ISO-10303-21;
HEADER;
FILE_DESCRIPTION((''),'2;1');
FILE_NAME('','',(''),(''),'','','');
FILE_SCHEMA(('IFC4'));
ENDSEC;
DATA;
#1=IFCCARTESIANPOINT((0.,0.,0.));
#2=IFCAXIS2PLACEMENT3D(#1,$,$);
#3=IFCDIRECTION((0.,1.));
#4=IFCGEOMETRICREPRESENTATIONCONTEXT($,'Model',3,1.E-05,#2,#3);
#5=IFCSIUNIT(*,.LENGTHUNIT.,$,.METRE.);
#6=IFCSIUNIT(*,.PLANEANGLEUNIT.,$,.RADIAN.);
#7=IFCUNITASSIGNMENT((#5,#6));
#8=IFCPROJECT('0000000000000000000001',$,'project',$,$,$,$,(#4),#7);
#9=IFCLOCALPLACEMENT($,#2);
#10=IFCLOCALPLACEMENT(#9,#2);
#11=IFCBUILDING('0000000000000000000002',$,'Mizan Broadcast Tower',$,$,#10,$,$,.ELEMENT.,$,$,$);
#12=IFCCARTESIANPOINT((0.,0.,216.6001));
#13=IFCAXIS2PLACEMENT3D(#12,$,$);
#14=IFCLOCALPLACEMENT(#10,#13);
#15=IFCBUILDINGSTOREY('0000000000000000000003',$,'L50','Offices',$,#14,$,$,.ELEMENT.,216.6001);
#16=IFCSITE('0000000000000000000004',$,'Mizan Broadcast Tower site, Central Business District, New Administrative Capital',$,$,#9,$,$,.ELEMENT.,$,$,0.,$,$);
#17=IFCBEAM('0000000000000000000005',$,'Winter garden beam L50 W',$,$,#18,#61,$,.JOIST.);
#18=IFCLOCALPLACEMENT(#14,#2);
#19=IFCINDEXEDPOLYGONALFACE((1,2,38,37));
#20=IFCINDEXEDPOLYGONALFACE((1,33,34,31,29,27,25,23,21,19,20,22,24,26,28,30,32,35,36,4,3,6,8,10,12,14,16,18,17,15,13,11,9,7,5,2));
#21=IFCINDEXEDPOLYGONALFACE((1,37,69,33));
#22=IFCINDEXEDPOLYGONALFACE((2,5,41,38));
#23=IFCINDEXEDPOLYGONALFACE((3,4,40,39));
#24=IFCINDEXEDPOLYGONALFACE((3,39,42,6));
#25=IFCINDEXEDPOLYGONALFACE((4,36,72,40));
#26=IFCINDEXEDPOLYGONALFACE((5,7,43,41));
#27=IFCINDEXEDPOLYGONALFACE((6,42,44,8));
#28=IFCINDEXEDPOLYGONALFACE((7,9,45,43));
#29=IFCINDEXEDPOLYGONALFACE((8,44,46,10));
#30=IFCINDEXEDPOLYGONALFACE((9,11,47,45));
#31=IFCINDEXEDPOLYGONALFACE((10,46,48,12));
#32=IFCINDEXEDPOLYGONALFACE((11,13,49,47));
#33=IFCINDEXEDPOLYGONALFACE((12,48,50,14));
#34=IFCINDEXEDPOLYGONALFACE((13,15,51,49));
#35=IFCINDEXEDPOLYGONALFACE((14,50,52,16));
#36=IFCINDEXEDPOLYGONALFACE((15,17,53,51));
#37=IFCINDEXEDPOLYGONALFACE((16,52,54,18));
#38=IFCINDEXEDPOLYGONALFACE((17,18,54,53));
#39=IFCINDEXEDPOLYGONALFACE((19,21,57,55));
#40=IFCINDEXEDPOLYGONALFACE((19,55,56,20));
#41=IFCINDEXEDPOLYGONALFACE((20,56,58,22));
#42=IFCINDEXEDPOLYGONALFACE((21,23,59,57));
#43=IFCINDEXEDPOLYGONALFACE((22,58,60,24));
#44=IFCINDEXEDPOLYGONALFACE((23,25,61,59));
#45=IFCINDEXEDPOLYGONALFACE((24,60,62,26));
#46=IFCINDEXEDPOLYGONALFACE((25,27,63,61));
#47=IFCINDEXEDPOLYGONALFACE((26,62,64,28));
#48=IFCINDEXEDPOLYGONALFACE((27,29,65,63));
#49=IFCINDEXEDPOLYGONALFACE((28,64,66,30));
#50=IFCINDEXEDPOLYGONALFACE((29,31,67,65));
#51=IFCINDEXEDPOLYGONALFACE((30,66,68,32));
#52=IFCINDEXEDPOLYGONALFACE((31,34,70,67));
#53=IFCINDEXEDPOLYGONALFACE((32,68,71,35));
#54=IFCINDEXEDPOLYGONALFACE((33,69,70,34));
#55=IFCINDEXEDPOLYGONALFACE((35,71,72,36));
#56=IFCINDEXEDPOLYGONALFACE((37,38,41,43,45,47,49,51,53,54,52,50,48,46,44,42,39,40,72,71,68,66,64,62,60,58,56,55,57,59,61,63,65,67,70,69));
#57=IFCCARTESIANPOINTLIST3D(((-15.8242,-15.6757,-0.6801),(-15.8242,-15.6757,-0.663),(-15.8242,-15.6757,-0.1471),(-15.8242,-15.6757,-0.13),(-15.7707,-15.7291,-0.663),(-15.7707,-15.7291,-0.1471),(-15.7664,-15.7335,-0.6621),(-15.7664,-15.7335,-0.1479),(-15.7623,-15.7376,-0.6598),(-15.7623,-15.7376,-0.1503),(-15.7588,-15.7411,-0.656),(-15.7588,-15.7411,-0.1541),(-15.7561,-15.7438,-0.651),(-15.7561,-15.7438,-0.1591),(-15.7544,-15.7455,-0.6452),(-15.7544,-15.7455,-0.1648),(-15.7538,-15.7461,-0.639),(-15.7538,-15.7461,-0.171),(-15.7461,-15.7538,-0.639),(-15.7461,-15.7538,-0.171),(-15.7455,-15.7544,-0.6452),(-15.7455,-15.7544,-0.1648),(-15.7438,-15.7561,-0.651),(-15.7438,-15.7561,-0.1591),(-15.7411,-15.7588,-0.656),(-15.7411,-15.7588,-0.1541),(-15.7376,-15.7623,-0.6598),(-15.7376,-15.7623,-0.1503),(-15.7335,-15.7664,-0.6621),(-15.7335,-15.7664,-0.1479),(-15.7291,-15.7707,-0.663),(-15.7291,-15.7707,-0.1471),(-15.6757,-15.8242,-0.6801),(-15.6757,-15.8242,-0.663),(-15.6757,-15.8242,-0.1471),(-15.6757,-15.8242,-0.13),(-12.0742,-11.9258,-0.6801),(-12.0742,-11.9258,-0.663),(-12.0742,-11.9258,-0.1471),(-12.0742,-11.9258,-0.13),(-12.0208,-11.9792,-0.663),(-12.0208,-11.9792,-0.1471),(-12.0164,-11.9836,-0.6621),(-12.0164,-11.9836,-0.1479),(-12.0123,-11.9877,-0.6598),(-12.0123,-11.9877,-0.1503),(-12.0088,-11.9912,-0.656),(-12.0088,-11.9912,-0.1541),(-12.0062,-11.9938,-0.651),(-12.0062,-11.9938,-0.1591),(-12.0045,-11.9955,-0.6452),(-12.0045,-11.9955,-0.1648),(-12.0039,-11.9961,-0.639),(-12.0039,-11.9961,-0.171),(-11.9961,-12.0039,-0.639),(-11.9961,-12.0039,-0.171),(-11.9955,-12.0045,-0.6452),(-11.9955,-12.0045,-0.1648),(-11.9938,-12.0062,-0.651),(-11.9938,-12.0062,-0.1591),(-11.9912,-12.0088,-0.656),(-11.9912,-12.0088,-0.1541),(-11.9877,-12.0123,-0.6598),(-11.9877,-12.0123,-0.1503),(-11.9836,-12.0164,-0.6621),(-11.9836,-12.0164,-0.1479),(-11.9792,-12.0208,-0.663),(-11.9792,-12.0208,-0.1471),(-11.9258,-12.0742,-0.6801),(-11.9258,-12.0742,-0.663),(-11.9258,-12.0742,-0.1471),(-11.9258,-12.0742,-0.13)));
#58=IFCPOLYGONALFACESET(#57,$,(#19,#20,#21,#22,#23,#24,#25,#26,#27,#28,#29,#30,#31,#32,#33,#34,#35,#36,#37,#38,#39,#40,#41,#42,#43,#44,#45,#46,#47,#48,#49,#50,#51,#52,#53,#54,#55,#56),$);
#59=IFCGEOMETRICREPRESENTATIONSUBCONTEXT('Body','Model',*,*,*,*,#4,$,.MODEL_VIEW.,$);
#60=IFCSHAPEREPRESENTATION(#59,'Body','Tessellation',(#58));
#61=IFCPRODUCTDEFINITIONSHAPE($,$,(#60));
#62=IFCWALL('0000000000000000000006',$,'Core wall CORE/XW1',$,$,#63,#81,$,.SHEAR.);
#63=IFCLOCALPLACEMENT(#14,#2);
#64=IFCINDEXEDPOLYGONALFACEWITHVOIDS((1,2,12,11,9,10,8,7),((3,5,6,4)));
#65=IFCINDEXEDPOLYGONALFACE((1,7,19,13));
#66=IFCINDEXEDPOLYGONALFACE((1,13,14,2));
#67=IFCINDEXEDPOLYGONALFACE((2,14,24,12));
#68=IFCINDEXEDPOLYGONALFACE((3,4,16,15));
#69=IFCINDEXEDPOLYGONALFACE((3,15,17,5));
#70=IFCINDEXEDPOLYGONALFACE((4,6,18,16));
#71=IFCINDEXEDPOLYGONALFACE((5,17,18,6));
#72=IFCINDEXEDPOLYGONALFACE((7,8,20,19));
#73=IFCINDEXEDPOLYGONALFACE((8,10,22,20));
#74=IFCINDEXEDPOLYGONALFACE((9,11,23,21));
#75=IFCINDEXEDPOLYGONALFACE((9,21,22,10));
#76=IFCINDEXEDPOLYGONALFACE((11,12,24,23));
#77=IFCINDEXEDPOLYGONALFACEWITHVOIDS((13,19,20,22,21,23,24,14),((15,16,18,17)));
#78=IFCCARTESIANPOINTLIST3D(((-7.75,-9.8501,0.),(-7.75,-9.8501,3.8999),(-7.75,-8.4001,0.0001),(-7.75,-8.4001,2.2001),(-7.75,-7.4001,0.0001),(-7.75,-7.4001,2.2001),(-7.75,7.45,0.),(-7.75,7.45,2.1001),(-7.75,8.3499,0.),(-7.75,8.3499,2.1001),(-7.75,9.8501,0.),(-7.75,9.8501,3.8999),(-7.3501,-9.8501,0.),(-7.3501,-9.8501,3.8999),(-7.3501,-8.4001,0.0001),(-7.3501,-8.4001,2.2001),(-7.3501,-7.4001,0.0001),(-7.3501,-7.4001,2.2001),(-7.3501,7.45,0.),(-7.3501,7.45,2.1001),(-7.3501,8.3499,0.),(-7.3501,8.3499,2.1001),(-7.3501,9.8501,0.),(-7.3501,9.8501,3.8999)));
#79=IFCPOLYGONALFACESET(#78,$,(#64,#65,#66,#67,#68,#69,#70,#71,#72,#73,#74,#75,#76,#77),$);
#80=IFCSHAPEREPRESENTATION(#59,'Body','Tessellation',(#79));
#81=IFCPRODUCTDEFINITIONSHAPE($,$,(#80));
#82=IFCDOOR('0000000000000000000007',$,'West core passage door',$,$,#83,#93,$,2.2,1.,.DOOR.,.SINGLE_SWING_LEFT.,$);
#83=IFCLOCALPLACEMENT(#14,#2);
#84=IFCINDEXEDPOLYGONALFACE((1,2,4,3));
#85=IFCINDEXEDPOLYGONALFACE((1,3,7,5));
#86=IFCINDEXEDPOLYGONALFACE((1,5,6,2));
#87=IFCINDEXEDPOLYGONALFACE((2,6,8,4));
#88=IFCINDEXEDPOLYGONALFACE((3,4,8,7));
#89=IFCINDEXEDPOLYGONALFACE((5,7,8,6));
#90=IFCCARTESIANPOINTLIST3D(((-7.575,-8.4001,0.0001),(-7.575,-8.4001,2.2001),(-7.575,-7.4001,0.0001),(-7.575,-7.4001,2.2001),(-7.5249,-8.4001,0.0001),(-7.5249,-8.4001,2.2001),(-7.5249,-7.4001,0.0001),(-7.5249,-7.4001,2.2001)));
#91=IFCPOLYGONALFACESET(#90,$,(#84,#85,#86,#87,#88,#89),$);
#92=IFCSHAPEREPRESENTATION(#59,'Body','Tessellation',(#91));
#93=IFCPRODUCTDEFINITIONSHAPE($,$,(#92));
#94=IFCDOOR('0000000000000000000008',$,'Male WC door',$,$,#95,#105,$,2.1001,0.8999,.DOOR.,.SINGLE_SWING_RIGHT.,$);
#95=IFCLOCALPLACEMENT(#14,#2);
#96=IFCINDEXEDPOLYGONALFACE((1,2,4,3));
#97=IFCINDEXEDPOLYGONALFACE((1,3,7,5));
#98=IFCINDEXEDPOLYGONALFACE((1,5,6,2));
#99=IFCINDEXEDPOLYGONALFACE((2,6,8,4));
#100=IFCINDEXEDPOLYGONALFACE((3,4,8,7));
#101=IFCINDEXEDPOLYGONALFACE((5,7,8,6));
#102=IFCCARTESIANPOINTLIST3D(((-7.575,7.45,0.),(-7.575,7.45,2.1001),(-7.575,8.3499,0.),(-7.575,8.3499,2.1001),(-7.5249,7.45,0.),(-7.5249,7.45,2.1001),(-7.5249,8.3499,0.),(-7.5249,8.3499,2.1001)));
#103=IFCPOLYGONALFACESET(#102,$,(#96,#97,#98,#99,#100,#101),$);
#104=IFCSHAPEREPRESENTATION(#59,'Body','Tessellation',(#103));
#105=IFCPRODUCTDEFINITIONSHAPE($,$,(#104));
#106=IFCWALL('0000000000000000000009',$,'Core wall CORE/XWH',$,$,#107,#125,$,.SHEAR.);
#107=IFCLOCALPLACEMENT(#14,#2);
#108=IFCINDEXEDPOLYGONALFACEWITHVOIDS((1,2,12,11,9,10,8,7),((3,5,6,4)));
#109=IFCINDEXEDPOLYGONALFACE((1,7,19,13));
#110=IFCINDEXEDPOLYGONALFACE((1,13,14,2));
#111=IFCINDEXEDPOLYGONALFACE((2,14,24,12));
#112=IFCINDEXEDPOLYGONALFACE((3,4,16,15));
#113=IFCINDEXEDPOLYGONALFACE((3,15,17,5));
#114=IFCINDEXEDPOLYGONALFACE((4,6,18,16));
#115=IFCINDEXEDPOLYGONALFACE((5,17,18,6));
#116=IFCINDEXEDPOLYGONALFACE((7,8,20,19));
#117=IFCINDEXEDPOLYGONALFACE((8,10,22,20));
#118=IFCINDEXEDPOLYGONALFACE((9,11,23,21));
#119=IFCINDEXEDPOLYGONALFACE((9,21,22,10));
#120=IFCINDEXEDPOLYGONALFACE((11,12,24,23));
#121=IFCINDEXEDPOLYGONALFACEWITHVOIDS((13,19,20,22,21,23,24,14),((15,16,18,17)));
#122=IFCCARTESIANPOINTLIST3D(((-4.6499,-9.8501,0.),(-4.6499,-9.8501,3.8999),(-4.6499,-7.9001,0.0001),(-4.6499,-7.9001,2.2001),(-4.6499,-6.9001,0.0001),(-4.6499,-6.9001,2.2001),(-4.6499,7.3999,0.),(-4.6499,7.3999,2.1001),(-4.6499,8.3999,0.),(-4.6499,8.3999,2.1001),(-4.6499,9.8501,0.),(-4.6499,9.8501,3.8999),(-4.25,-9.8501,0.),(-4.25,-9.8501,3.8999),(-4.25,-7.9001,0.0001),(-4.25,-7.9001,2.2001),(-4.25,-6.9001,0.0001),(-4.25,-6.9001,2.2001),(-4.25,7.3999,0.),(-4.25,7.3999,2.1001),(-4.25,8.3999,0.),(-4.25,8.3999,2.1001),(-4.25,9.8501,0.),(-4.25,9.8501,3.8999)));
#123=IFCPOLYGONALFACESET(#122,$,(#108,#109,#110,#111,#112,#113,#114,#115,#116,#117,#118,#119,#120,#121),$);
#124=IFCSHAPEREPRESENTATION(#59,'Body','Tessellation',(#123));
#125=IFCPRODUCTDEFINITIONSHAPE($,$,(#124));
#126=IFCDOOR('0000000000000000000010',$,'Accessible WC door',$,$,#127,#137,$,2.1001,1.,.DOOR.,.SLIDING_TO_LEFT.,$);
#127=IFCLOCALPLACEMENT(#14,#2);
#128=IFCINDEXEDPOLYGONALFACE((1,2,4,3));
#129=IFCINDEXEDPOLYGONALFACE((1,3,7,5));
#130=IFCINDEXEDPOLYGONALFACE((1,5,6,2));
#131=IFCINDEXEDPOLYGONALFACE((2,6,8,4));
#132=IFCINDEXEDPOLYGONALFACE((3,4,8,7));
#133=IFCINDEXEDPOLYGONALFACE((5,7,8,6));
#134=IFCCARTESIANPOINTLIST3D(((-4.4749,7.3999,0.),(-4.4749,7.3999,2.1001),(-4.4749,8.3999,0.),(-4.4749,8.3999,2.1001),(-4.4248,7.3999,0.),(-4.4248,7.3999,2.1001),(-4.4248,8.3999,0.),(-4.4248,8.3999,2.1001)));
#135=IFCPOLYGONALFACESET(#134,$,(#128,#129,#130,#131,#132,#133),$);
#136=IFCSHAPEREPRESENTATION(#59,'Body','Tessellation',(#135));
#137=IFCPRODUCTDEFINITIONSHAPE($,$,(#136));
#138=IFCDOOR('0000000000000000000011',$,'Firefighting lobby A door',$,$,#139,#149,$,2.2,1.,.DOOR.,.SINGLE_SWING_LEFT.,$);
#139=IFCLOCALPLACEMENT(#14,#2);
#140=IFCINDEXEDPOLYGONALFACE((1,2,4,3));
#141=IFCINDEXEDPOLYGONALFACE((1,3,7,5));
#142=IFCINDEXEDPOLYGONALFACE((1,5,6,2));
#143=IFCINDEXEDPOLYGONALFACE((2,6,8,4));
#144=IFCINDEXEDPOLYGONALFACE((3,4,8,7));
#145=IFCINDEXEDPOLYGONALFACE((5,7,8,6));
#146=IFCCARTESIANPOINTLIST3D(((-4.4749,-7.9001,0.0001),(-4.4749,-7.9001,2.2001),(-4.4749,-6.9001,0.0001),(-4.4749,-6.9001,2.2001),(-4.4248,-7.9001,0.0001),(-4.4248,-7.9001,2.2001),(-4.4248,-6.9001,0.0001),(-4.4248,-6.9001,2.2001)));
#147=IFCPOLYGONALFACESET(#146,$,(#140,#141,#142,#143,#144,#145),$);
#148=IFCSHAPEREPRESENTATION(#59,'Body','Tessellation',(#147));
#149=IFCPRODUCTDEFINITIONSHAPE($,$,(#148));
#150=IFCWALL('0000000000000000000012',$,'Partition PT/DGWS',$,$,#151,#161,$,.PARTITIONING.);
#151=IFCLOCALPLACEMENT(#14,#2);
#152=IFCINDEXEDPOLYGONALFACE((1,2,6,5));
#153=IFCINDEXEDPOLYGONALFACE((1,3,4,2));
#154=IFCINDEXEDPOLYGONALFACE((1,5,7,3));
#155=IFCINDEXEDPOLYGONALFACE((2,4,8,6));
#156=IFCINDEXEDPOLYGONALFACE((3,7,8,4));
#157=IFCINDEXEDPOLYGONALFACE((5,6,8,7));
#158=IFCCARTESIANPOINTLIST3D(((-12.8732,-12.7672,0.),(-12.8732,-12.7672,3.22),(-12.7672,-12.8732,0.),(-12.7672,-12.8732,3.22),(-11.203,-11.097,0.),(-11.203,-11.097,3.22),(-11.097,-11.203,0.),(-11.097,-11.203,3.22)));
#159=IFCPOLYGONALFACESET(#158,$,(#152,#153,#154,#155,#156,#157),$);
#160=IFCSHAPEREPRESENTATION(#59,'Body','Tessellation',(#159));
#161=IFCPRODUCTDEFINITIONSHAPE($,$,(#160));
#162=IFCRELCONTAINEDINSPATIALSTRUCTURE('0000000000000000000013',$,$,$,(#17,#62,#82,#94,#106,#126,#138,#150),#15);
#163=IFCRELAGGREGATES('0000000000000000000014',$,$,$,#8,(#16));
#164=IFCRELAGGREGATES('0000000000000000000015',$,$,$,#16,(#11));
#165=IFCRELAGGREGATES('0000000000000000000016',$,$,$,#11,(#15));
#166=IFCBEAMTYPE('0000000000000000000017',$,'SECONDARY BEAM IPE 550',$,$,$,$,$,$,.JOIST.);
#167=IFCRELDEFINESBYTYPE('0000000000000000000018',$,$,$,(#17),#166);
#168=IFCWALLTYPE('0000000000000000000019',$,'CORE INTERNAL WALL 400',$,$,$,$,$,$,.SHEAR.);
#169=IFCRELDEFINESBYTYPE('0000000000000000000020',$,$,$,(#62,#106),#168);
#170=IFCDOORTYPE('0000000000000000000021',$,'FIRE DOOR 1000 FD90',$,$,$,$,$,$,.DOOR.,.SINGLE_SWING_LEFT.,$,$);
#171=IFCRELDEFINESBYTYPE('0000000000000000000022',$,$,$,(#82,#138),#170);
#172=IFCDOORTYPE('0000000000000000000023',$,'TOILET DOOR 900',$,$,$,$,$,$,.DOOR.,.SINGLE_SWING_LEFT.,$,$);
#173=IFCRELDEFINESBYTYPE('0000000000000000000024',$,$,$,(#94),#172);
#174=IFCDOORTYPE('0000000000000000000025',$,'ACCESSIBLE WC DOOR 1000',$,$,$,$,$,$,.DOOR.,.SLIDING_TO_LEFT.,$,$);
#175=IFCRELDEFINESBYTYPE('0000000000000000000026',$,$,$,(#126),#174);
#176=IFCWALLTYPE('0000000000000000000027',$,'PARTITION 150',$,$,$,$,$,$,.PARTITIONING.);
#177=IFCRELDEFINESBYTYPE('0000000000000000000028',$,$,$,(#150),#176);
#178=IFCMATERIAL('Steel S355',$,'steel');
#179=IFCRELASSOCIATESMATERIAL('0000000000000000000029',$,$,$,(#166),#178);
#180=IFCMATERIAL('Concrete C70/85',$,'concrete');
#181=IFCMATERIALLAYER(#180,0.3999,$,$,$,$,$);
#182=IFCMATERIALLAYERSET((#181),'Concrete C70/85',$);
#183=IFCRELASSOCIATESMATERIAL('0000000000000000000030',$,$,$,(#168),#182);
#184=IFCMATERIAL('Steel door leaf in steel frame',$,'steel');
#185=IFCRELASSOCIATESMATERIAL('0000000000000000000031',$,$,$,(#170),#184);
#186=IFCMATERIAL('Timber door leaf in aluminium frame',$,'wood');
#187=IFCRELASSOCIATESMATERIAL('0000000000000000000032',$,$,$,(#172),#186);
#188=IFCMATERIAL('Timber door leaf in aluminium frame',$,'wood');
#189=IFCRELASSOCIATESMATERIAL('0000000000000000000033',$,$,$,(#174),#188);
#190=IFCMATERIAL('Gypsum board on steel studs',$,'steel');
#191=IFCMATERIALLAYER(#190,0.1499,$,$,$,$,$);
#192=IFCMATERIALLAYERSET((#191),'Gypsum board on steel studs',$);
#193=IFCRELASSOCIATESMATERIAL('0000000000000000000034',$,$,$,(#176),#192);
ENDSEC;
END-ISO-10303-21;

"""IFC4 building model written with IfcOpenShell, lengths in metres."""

from ifc_helpers import new_model, si_unit, direction, frame, frame_2d, origin, origin_2d, place, context, subcontext, project, spatial, rectangle, i_section, extrude, material, layer, layer_set, material_profile, profile_set, type_object, element, fill, save


model = new_model("IFC4")

# Units and contexts
model_context = context("Model", 3, precision=1e-05, world=origin(), true_north=direction((0.0, 1.0)))
body_context = subcontext(model_context, "Body", "Model", "MODEL_VIEW")
ifc_project = project(units=[si_unit("LENGTHUNIT", "METRE"), si_unit("PLANEANGLEUNIT", "RADIAN")], contexts=[model_context])

# Site, building, storey
site_placement = place(None, origin())
site = spatial("IfcSite", under=ifc_project, at=site_placement, Name="Mizan Broadcast Tower site, Central Business District, New Administrative Capital", CompositionType="ELEMENT", RefElevation=0.0)
building_placement = place(site_placement, origin())
building = spatial("IfcBuilding", under=site, at=building_placement, Name="Mizan Broadcast Tower", CompositionType="ELEMENT")
storey_placement = place(building_placement, frame((0.0, 0.0, 216.6001)))
storey = spatial("IfcBuildingStorey", under=building, at=storey_placement, Name="L50", Description="Offices", CompositionType="ELEMENT", Elevation=216.6001)

# Beam
ifc_material_1 = material(Name="Steel S355", Category="steel")
ifc_material_profile_1 = material_profile(ifc_material_1, i_section(OverallWidth=0.21, OverallDepth=0.55, WebThickness=0.011, FlangeThickness=0.0171, FilletRadius=0.0239, at=origin_2d()), Name="IPE 550")
ifc_profile_set_1 = profile_set([ifc_material_profile_1], Name="Steel S355")
beam_type_1 = type_object("IfcBeamType", Name="SECONDARY BEAM IPE 550", PredefinedType="JOIST", material=ifc_profile_set_1)
beam_1_placement = place(storey_placement, frame((-12.0, -12.0, -0.405), z_axis=(-0.707107, -0.707107, 0.0), x_axis=(0.707107, -0.707107, 0.0)))
element("IfcBeam", 1, at=beam_1_placement, inside=storey, type_object=beam_type_1, Name="Winter garden beam L50 W", PredefinedType="JOIST", context=body_context, shape_type="SweptSolid", body=[
    extrude(i_section(OverallWidth=0.21, OverallDepth=0.55, WebThickness=0.011, FlangeThickness=0.0171, FilletRadius=0.0239, at=origin_2d()), origin(), (0.0, 0.0, 1.0), 5.3032),
])

# Walls, openings, doors
ifc_material_2 = material(Name="Concrete C70/85", Category="concrete")
ifc_layer_1 = layer(ifc_material_2, 0.3999)
ifc_layer_set_1 = layer_set([ifc_layer_1], Name="Concrete C70/85")
wall_type_1 = type_object("IfcWallType", Name="CORE INTERNAL WALL 400", PredefinedType="SHEAR", material=ifc_layer_set_1)
wall_1_placement = place(storey_placement, frame((-7.55, -9.8501, 0.0), z_axis=(0.0, 0.0, 1.0), x_axis=(0.0, 1.0, 0.0)))
wall_1 = element("IfcWall", 2, at=wall_1_placement, inside=storey, type_object=wall_type_1, Name="Core wall CORE/XW1", PredefinedType="SHEAR", context=body_context, shape_type="SweptSolid", body=[
    extrude(rectangle(XDim=19.7002, YDim=0.3999, at=frame_2d((9.8501, 0.0))), origin(), (0.0, 0.0, 1.0), 3.8999),
])
opening_1_placement = place(wall_1_placement, frame((1.45, 0.0, 0.0)))
opening_1 = element("IfcOpeningElement", 3, at=opening_1_placement, cuts=wall_1, PredefinedType="OPENING", context=body_context, shape_type="SweptSolid", body=[
    extrude(rectangle(XDim=1.0, YDim=2.2, at=frame_2d((0.5, 1.1001))), frame((0.0, 0.21, 0.0), z_axis=(0.0, -1.0, 0.0), x_axis=(1.0, 0.0, 0.0)), (0.0, 0.0, 1.0), 0.4199),
])
opening_2_placement = place(wall_1_placement, frame((17.3, 0.0, 0.0)))
opening_2 = element("IfcOpeningElement", 4, at=opening_2_placement, cuts=wall_1, PredefinedType="OPENING", context=body_context, shape_type="SweptSolid", body=[
    extrude(rectangle(XDim=0.8999, YDim=2.1001, at=frame_2d((0.45, 1.05))), frame((0.0, 0.21, 0.0), z_axis=(0.0, -1.0, 0.0), x_axis=(1.0, 0.0, 0.0)), (0.0, 0.0, 1.0), 0.4199),
])
ifc_material_3 = material(Name="Steel door leaf in steel frame", Category="steel")
door_type_1 = type_object("IfcDoorType", Name="FIRE DOOR 1000 FD90", OperationType="SINGLE_SWING_LEFT", PredefinedType="DOOR", material=ifc_material_3)
door_1_placement = place(opening_1_placement, origin())
door_1 = element("IfcDoor", 5, at=door_1_placement, inside=storey, type_object=door_type_1, Name="West core passage door", OperationType="SINGLE_SWING_LEFT", OverallHeight=2.2, OverallWidth=1.0, PredefinedType="DOOR", context=body_context, shape_type="SweptSolid", body=[
    extrude(rectangle(XDim=1.0, YDim=2.2, at=frame_2d((0.5, 1.1001))), frame((0.0, 0.0249, 0.0), z_axis=(0.0, -1.0, 0.0), x_axis=(1.0, 0.0, 0.0)), (0.0, 0.0, 1.0), 0.05),
])
fill(opening_1, door_1)
ifc_material_4 = material(Name="Timber door leaf in aluminium frame", Category="wood")
door_type_2 = type_object("IfcDoorType", Name="TOILET DOOR 900", OperationType="SINGLE_SWING_LEFT", PredefinedType="DOOR", material=ifc_material_4)
door_2_placement = place(opening_2_placement, origin())
door_2 = element("IfcDoor", 6, at=door_2_placement, inside=storey, type_object=door_type_2, Name="Male WC door", OperationType="SINGLE_SWING_RIGHT", OverallHeight=2.1001, OverallWidth=0.8999, PredefinedType="DOOR", context=body_context, shape_type="SweptSolid", body=[
    extrude(rectangle(XDim=0.8999, YDim=2.1001, at=frame_2d((0.45, 1.05))), frame((0.0, 0.0249, 0.0), z_axis=(0.0, -1.0, 0.0), x_axis=(1.0, 0.0, 0.0)), (0.0, 0.0, 1.0), 0.05),
])
fill(opening_2, door_2)
wall_2_placement = place(storey_placement, frame((-4.45, -9.8501, 0.0), z_axis=(0.0, 0.0, 1.0), x_axis=(0.0, 1.0, 0.0)))
wall_2 = element("IfcWall", 7, at=wall_2_placement, inside=storey, type_object=wall_type_1, Name="Core wall CORE/XWH", PredefinedType="SHEAR", context=body_context, shape_type="SweptSolid", body=[
    extrude(rectangle(XDim=19.7002, YDim=0.3999, at=frame_2d((9.8501, 0.0))), origin(), (0.0, 0.0, 1.0), 3.8999),
])
opening_3_placement = place(wall_2_placement, frame((1.95, 0.0, 0.0)))
opening_3 = element("IfcOpeningElement", 8, at=opening_3_placement, cuts=wall_2, PredefinedType="OPENING", context=body_context, shape_type="SweptSolid", body=[
    extrude(rectangle(XDim=1.0, YDim=2.2, at=frame_2d((0.5, 1.1001))), frame((0.0, 0.21, 0.0), z_axis=(0.0, -1.0, 0.0), x_axis=(1.0, 0.0, 0.0)), (0.0, 0.0, 1.0), 0.4199),
])
opening_4_placement = place(wall_2_placement, frame((17.25, 0.0, 0.0)))
opening_4 = element("IfcOpeningElement", 9, at=opening_4_placement, cuts=wall_2, PredefinedType="OPENING", context=body_context, shape_type="SweptSolid", body=[
    extrude(rectangle(XDim=1.0, YDim=2.1001, at=frame_2d((0.5, 1.05))), frame((0.0, 0.21, 0.0), z_axis=(0.0, -1.0, 0.0), x_axis=(1.0, 0.0, 0.0)), (0.0, 0.0, 1.0), 0.4199),
])
ifc_material_5 = material(Name="Timber door leaf in aluminium frame", Category="wood")
door_type_3 = type_object("IfcDoorType", Name="ACCESSIBLE WC DOOR 1000", OperationType="SLIDING_TO_LEFT", PredefinedType="DOOR", material=ifc_material_5)
door_3_placement = place(opening_4_placement, origin())
door_3 = element("IfcDoor", 10, at=door_3_placement, inside=storey, type_object=door_type_3, Name="Accessible WC door", OperationType="SLIDING_TO_LEFT", OverallHeight=2.1001, OverallWidth=1.0, PredefinedType="DOOR", context=body_context, shape_type="SweptSolid", body=[
    extrude(rectangle(XDim=1.0, YDim=2.1001, at=frame_2d((0.5, 1.05))), frame((0.0, 0.0249, 0.0), z_axis=(0.0, -1.0, 0.0), x_axis=(1.0, 0.0, 0.0)), (0.0, 0.0, 1.0), 0.05),
])
fill(opening_4, door_3)
door_4_placement = place(opening_3_placement, origin())
door_4 = element("IfcDoor", 11, at=door_4_placement, inside=storey, type_object=door_type_1, Name="Firefighting lobby A door", OperationType="SINGLE_SWING_LEFT", OverallHeight=2.2, OverallWidth=1.0, PredefinedType="DOOR", context=body_context, shape_type="SweptSolid", body=[
    extrude(rectangle(XDim=1.0, YDim=2.2, at=frame_2d((0.5, 1.1001))), frame((0.0, 0.0249, 0.0), z_axis=(0.0, -1.0, 0.0), x_axis=(1.0, 0.0, 0.0)), (0.0, 0.0, 1.0), 0.05),
])
fill(opening_3, door_4)

# Wall
ifc_material_6 = material(Name="Gypsum board on steel studs", Category="steel")
ifc_layer_2 = layer(ifc_material_6, 0.1499)
ifc_layer_set_2 = layer_set([ifc_layer_2], Name="Gypsum board on steel studs")
wall_type_2 = type_object("IfcWallType", Name="PARTITION 150", PredefinedType="PARTITIONING", material=ifc_layer_set_2)
wall_3_placement = place(storey_placement, frame((-11.1499, -11.1499, 0.0), z_axis=(0.0, 0.0, 1.0), x_axis=(-0.707107, -0.707107, 0.0)))
element("IfcWall", 12, at=wall_3_placement, inside=storey, type_object=wall_type_2, Name="Partition PT/DGWS", PredefinedType="PARTITIONING", context=body_context, shape_type="SweptSolid", body=[
    extrude(rectangle(XDim=2.3621, YDim=0.1499, at=frame_2d((1.1812, 0.0))), origin(), (0.0, 0.0, 1.0), 3.22),
])

save(model, "model.ifc")
